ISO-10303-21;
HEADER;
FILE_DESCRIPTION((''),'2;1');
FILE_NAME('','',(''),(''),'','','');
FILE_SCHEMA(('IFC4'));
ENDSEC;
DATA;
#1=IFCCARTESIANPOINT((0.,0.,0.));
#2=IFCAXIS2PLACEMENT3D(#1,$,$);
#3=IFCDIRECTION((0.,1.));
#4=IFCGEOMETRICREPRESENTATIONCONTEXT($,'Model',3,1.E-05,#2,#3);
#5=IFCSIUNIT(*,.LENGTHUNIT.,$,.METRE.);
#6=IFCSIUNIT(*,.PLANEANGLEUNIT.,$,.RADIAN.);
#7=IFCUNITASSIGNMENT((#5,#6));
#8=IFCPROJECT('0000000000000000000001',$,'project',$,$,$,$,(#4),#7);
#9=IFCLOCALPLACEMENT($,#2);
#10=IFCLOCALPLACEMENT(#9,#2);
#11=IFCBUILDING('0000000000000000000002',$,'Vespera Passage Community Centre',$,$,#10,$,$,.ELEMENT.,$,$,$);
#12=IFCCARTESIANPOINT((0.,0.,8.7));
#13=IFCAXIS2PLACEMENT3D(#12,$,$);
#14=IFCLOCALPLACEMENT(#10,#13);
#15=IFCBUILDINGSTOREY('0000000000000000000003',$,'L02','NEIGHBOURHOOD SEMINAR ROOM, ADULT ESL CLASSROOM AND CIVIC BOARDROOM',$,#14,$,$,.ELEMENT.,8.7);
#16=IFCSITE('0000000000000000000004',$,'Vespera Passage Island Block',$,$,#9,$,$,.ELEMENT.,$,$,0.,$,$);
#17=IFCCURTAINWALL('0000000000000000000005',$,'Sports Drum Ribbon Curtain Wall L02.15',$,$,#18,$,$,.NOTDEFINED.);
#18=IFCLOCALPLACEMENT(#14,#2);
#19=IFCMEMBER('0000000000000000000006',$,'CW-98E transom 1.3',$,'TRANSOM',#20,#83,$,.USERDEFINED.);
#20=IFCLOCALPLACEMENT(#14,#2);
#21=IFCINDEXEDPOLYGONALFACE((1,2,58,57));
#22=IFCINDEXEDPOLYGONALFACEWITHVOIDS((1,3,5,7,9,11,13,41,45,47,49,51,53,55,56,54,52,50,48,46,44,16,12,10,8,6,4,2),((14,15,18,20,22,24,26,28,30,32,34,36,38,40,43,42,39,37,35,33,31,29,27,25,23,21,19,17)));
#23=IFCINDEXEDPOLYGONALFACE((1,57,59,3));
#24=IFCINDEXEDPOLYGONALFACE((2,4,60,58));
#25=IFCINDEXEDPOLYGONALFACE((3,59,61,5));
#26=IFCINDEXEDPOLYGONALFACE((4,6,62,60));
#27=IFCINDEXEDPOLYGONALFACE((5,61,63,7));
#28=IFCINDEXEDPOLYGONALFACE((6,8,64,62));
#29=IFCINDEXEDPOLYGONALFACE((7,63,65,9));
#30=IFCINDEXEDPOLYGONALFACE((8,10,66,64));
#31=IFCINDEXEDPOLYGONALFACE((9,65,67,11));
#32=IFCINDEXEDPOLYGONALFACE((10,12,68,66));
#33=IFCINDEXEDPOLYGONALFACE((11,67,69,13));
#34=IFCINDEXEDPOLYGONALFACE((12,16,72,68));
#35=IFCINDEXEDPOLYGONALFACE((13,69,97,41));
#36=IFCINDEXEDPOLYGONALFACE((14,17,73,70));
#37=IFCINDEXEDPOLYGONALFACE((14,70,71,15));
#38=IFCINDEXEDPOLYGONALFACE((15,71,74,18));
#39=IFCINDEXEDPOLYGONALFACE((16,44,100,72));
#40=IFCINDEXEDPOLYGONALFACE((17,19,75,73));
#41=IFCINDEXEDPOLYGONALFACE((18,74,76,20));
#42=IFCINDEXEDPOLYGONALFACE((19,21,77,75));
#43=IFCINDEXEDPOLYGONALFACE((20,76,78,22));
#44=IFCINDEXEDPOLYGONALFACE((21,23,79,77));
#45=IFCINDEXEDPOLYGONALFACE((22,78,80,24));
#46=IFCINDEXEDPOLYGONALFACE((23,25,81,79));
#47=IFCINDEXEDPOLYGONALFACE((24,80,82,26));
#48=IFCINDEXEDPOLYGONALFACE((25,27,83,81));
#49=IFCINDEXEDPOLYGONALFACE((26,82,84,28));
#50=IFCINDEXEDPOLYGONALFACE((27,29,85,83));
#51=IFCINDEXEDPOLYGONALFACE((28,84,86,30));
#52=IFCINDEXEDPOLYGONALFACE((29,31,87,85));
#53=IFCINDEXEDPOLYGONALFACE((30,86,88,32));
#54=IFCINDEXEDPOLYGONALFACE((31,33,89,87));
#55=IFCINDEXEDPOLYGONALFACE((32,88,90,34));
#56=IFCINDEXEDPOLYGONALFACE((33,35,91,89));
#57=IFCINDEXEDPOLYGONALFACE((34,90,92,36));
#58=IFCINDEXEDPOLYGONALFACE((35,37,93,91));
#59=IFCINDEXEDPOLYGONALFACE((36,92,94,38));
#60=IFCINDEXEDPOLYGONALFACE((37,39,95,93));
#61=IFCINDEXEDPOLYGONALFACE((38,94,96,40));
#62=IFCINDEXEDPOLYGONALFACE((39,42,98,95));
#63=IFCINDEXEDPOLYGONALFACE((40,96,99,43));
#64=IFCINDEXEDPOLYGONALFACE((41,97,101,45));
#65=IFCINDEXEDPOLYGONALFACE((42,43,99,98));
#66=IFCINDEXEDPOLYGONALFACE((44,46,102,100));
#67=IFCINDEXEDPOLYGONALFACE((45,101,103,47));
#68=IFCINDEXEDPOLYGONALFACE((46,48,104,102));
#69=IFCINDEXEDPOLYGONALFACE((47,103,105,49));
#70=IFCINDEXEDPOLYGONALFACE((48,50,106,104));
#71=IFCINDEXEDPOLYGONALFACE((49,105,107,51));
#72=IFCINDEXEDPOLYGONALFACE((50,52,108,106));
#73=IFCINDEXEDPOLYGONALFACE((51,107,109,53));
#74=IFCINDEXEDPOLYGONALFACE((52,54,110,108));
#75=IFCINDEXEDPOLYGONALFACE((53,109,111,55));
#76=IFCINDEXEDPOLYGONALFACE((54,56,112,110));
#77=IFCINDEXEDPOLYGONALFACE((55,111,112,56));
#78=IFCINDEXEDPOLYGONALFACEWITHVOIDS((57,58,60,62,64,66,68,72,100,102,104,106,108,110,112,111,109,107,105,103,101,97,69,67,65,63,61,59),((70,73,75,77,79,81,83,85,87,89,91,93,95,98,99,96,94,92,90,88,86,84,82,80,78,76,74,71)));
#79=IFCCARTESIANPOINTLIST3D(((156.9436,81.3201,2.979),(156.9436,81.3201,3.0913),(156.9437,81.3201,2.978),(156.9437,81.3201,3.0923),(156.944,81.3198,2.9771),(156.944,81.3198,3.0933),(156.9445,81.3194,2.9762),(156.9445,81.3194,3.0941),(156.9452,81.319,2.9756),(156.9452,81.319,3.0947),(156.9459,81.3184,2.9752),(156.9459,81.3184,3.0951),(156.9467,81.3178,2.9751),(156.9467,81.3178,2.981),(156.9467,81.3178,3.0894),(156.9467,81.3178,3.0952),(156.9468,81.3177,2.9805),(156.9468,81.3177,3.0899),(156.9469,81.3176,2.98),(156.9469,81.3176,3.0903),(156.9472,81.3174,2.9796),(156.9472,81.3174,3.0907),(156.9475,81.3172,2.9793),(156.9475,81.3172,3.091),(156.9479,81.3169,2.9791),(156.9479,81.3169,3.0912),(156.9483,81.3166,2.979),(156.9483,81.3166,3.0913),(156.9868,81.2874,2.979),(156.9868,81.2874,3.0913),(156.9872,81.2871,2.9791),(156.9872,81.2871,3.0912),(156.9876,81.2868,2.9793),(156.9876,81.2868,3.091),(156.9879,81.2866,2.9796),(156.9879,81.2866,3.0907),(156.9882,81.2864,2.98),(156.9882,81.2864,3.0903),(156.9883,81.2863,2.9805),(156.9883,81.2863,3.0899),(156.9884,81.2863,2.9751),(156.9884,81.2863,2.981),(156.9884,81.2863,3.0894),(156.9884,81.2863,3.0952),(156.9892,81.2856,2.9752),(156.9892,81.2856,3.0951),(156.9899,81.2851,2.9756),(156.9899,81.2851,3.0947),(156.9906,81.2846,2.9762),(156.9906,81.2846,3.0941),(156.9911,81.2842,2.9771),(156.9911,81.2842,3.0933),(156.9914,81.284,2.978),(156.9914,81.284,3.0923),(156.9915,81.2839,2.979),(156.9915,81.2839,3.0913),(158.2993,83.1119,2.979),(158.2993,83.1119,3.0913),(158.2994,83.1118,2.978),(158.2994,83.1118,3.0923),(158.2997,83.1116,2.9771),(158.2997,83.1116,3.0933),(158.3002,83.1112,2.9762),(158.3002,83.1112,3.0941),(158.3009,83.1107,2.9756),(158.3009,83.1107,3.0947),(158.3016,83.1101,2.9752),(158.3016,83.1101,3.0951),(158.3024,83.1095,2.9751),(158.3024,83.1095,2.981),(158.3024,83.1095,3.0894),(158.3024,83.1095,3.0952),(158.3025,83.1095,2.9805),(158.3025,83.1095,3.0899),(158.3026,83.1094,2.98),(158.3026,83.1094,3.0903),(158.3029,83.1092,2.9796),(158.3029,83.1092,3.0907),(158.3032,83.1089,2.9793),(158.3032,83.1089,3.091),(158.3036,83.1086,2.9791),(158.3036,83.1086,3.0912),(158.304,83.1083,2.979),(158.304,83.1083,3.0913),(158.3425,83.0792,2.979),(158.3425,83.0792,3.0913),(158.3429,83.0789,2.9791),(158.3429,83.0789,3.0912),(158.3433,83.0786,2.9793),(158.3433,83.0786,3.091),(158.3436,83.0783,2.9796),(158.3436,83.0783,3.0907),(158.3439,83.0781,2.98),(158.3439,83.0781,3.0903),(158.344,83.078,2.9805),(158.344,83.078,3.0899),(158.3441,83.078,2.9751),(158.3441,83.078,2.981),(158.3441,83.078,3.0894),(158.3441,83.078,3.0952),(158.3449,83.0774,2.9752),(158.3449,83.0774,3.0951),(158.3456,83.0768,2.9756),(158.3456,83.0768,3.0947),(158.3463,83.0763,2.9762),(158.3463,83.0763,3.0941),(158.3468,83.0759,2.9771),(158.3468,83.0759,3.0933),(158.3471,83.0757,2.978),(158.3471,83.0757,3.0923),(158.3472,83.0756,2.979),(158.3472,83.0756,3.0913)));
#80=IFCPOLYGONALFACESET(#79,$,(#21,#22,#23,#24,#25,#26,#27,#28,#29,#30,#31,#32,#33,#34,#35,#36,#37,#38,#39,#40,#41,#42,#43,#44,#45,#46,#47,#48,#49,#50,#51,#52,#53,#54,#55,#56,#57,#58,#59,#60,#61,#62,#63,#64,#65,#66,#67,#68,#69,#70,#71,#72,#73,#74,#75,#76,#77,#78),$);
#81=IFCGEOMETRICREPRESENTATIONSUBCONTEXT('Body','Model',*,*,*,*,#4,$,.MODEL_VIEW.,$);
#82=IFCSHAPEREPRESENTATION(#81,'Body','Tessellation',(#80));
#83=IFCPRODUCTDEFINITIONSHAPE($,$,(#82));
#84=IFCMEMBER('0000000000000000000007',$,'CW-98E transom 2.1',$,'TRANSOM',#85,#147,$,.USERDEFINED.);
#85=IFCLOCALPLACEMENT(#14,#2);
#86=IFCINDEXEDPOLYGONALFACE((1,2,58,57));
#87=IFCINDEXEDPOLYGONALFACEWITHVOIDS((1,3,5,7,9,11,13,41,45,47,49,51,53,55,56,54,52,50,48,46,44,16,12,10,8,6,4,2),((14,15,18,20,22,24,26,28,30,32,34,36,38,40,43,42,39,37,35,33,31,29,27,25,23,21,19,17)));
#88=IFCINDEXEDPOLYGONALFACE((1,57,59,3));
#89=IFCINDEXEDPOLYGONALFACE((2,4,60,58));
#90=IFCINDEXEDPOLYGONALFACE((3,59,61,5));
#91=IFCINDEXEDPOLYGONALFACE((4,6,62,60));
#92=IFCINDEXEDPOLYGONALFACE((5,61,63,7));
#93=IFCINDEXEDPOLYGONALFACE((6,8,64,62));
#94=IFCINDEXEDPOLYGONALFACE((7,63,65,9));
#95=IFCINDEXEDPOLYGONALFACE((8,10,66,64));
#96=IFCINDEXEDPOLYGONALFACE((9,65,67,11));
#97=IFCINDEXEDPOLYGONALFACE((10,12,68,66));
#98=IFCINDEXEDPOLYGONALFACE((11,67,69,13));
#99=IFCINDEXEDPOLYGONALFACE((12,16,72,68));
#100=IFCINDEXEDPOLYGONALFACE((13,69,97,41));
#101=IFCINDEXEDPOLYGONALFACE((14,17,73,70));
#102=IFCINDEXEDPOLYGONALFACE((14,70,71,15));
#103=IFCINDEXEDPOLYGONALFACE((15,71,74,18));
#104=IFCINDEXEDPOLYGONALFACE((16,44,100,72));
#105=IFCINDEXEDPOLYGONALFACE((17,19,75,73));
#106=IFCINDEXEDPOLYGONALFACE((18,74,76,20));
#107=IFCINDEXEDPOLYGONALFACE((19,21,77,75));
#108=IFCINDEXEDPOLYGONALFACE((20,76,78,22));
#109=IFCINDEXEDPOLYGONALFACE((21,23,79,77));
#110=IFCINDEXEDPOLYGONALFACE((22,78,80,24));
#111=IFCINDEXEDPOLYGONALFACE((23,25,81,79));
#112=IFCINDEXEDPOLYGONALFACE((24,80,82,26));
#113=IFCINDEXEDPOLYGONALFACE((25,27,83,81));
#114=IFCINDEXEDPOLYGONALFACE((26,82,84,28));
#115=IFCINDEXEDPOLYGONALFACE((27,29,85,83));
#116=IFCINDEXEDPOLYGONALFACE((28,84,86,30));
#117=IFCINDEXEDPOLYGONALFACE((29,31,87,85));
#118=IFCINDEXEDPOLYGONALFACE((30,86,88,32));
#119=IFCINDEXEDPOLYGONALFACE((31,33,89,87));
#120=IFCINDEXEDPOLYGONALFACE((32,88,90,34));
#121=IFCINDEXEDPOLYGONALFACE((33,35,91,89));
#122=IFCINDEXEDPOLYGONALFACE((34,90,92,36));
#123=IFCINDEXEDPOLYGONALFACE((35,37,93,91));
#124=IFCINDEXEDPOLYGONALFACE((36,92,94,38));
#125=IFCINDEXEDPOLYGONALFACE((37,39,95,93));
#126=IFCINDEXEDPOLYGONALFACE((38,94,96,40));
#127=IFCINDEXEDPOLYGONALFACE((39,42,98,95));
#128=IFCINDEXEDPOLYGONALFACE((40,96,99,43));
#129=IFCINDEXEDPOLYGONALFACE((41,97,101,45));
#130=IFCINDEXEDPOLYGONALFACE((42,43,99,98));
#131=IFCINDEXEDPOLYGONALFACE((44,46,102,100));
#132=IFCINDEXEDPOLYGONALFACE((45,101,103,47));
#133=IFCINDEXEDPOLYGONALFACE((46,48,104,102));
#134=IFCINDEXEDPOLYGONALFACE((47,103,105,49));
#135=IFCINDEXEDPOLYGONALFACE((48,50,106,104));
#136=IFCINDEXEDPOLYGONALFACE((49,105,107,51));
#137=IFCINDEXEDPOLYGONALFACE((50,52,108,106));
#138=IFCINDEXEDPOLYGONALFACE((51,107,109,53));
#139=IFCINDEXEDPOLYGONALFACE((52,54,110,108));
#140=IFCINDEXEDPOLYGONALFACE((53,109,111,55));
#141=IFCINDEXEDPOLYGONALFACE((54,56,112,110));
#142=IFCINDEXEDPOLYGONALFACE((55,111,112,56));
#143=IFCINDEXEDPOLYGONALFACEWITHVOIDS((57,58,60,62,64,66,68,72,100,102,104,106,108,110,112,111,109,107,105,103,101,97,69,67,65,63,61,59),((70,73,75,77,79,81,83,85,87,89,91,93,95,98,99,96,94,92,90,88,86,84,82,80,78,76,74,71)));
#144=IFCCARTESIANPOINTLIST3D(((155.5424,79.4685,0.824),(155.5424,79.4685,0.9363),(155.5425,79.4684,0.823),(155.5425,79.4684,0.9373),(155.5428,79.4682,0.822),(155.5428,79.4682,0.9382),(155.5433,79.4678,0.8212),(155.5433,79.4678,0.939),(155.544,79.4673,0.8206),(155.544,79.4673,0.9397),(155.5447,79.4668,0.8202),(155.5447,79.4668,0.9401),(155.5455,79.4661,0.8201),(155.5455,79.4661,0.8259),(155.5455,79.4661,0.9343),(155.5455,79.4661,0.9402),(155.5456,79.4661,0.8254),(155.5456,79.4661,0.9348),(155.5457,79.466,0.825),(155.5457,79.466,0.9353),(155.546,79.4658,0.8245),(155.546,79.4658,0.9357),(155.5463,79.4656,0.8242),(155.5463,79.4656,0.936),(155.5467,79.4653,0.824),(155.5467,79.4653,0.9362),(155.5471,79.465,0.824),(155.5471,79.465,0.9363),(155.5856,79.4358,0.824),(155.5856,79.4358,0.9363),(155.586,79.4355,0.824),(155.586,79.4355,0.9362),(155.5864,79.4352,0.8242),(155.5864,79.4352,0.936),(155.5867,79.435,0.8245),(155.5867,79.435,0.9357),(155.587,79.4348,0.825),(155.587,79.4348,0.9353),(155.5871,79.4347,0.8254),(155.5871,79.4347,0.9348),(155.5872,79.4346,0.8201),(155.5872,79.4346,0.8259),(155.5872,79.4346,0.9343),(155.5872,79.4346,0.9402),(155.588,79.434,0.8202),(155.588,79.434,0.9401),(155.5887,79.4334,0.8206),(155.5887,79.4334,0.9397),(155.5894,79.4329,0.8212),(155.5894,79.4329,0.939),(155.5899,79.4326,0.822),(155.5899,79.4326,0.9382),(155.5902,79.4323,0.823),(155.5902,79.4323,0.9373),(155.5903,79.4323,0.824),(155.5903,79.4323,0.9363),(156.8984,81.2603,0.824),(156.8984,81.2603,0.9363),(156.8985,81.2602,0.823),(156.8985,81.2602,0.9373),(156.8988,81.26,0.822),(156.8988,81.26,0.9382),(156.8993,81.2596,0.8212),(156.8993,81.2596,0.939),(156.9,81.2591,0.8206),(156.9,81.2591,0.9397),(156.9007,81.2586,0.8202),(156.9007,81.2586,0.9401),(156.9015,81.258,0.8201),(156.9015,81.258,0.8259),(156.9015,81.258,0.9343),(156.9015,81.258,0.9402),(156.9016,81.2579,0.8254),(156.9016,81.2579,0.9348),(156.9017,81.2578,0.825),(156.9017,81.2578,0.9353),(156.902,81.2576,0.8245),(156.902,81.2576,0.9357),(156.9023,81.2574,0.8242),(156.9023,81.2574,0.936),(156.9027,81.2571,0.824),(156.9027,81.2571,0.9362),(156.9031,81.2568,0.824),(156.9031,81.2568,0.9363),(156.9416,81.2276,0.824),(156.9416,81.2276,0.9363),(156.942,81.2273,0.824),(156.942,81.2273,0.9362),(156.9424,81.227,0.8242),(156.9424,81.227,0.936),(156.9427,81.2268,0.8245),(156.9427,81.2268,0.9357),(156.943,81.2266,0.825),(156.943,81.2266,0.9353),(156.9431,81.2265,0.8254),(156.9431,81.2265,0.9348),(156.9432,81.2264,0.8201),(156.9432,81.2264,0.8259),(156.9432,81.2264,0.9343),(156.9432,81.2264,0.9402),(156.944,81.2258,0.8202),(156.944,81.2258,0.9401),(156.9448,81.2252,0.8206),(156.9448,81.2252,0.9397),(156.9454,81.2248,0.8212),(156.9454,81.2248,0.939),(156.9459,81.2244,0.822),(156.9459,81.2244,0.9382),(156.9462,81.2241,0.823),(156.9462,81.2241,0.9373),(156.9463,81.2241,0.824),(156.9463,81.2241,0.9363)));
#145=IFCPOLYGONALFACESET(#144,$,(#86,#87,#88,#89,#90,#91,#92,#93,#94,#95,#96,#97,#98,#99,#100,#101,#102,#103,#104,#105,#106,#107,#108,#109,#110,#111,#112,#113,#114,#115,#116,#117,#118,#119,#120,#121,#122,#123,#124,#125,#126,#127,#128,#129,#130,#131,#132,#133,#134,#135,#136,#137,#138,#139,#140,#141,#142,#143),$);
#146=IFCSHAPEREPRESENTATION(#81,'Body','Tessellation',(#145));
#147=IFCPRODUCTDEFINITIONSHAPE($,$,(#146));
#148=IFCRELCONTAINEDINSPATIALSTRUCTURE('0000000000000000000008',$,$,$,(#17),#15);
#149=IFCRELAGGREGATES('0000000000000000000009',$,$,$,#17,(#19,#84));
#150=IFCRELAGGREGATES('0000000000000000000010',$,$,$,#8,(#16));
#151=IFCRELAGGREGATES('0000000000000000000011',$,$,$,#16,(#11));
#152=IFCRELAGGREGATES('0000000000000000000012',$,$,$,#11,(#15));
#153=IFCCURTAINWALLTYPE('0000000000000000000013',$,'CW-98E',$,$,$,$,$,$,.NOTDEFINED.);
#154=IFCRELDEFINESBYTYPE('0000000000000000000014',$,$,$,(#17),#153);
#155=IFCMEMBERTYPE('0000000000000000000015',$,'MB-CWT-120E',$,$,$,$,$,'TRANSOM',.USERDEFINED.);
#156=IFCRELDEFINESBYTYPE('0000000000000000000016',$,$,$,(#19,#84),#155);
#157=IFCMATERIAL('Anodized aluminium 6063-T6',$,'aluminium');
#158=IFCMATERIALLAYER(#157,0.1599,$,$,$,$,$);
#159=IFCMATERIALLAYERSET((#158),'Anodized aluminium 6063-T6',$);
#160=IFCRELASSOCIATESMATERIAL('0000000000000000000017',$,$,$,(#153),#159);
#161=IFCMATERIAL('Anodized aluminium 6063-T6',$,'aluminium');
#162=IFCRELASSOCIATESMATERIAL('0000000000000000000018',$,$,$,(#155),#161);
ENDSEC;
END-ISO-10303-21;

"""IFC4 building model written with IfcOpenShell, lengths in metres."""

from ifc_helpers import new_model, si_unit, direction, frame, origin, origin_2d, place, context, subcontext, project, spatial, hollow_rectangle, extrude, material, layer, layer_set, material_profile, profile_set, type_object, element, aggregate, save


model = new_model("IFC4")

# Units and contexts
model_context = context("Model", 3, precision=1e-05, world=origin(), true_north=direction((0.0, 1.0)))
body_context = subcontext(model_context, "Body", "Model", "MODEL_VIEW")
ifc_project = project(units=[si_unit("LENGTHUNIT", "METRE"), si_unit("PLANEANGLEUNIT", "RADIAN")], contexts=[model_context])

# Site, building, storey
site_placement = place(None, origin())
site = spatial("IfcSite", under=ifc_project, at=site_placement, Name="Vespera Passage Island Block", CompositionType="ELEMENT", RefElevation=0.0)
building_placement = place(site_placement, origin())
building = spatial("IfcBuilding", under=site, at=building_placement, Name="Vespera Passage Community Centre", CompositionType="ELEMENT")
storey_placement = place(building_placement, frame((0.0, 0.0, 8.7)))
storey = spatial("IfcBuildingStorey", under=building, at=storey_placement, Name="L02", Description="NEIGHBOURHOOD SEMINAR ROOM, ADULT ESL CLASSROOM AND CIVIC BOARDROOM", CompositionType="ELEMENT", Elevation=8.7)

# Curtain wall
ifc_material_1 = material(Name="Anodized aluminium 6063-T6", Category="aluminium")
ifc_layer_1 = layer(ifc_material_1, 0.1599)
ifc_layer_set_1 = layer_set([ifc_layer_1], Name="Anodized aluminium 6063-T6")
curtain_wall_type_1 = type_object("IfcCurtainWallType", Name="CW-98E", PredefinedType="NOTDEFINED", material=ifc_layer_set_1)
curtain_wall_1_placement = place(storey_placement, origin())
curtain_wall_1 = element("IfcCurtainWall", 1, at=curtain_wall_1_placement, inside=storey, type_object=curtain_wall_type_1, Name="Sports Drum Ribbon Curtain Wall L02.15", PredefinedType="NOTDEFINED")

# Members
ifc_material_2 = material(Name="Anodized aluminium 6063-T6", Category="aluminium")
ifc_material_profile_1 = material_profile(ifc_material_2, hollow_rectangle(XDim=0.0601, YDim=0.1201, WallThickness=0.0039, InnerFilletRadius=0.002, OuterFilletRadius=0.0039, at=origin_2d()), Name="ALU120X60X4")
ifc_profile_set_1 = profile_set([ifc_material_profile_1], Name="Anodized aluminium 6063-T6")
member_type_1 = type_object("IfcMemberType", Name="MB-CWT-120E", ElementType="TRANSOM", PredefinedType="USERDEFINED", material=ifc_profile_set_1)
member_1_placement = place(storey_placement, frame((158.3232, 83.0938, 3.0352), z_axis=(-0.603385, -0.79745, 0.0), x_axis=(0.79745, -0.603385, 0.0)))
member_1 = element("IfcMember", 2, at=member_1_placement, type_object=member_type_1, Name="CW-98E transom 1.3", ObjectType="TRANSOM", PredefinedType="USERDEFINED", context=body_context, shape_type="SweptSolid", body=[
    extrude(hollow_rectangle(XDim=0.0601, YDim=0.1201, WallThickness=0.0039, InnerFilletRadius=0.002, OuterFilletRadius=0.0039, at=origin_2d()), origin(), (0.0, 0.0, 1.0), 2.2468),
])
member_2_placement = place(storey_placement, frame((156.9224, 81.2422, 0.8801), z_axis=(-0.603454, -0.797398, 0.0), x_axis=(0.797398, -0.603454, 0.0)))
member_2 = element("IfcMember", 3, at=member_2_placement, type_object=member_type_1, Name="CW-98E transom 2.1", ObjectType="TRANSOM", PredefinedType="USERDEFINED", context=body_context, shape_type="SweptSolid", body=[
    extrude(hollow_rectangle(XDim=0.0601, YDim=0.1201, WallThickness=0.0039, InnerFilletRadius=0.002, OuterFilletRadius=0.0039, at=origin_2d()), origin(), (0.0, 0.0, 1.0), 2.2471),
])

aggregate(curtain_wall_1, [member_1, member_2])

save(model, "model.ifc")
